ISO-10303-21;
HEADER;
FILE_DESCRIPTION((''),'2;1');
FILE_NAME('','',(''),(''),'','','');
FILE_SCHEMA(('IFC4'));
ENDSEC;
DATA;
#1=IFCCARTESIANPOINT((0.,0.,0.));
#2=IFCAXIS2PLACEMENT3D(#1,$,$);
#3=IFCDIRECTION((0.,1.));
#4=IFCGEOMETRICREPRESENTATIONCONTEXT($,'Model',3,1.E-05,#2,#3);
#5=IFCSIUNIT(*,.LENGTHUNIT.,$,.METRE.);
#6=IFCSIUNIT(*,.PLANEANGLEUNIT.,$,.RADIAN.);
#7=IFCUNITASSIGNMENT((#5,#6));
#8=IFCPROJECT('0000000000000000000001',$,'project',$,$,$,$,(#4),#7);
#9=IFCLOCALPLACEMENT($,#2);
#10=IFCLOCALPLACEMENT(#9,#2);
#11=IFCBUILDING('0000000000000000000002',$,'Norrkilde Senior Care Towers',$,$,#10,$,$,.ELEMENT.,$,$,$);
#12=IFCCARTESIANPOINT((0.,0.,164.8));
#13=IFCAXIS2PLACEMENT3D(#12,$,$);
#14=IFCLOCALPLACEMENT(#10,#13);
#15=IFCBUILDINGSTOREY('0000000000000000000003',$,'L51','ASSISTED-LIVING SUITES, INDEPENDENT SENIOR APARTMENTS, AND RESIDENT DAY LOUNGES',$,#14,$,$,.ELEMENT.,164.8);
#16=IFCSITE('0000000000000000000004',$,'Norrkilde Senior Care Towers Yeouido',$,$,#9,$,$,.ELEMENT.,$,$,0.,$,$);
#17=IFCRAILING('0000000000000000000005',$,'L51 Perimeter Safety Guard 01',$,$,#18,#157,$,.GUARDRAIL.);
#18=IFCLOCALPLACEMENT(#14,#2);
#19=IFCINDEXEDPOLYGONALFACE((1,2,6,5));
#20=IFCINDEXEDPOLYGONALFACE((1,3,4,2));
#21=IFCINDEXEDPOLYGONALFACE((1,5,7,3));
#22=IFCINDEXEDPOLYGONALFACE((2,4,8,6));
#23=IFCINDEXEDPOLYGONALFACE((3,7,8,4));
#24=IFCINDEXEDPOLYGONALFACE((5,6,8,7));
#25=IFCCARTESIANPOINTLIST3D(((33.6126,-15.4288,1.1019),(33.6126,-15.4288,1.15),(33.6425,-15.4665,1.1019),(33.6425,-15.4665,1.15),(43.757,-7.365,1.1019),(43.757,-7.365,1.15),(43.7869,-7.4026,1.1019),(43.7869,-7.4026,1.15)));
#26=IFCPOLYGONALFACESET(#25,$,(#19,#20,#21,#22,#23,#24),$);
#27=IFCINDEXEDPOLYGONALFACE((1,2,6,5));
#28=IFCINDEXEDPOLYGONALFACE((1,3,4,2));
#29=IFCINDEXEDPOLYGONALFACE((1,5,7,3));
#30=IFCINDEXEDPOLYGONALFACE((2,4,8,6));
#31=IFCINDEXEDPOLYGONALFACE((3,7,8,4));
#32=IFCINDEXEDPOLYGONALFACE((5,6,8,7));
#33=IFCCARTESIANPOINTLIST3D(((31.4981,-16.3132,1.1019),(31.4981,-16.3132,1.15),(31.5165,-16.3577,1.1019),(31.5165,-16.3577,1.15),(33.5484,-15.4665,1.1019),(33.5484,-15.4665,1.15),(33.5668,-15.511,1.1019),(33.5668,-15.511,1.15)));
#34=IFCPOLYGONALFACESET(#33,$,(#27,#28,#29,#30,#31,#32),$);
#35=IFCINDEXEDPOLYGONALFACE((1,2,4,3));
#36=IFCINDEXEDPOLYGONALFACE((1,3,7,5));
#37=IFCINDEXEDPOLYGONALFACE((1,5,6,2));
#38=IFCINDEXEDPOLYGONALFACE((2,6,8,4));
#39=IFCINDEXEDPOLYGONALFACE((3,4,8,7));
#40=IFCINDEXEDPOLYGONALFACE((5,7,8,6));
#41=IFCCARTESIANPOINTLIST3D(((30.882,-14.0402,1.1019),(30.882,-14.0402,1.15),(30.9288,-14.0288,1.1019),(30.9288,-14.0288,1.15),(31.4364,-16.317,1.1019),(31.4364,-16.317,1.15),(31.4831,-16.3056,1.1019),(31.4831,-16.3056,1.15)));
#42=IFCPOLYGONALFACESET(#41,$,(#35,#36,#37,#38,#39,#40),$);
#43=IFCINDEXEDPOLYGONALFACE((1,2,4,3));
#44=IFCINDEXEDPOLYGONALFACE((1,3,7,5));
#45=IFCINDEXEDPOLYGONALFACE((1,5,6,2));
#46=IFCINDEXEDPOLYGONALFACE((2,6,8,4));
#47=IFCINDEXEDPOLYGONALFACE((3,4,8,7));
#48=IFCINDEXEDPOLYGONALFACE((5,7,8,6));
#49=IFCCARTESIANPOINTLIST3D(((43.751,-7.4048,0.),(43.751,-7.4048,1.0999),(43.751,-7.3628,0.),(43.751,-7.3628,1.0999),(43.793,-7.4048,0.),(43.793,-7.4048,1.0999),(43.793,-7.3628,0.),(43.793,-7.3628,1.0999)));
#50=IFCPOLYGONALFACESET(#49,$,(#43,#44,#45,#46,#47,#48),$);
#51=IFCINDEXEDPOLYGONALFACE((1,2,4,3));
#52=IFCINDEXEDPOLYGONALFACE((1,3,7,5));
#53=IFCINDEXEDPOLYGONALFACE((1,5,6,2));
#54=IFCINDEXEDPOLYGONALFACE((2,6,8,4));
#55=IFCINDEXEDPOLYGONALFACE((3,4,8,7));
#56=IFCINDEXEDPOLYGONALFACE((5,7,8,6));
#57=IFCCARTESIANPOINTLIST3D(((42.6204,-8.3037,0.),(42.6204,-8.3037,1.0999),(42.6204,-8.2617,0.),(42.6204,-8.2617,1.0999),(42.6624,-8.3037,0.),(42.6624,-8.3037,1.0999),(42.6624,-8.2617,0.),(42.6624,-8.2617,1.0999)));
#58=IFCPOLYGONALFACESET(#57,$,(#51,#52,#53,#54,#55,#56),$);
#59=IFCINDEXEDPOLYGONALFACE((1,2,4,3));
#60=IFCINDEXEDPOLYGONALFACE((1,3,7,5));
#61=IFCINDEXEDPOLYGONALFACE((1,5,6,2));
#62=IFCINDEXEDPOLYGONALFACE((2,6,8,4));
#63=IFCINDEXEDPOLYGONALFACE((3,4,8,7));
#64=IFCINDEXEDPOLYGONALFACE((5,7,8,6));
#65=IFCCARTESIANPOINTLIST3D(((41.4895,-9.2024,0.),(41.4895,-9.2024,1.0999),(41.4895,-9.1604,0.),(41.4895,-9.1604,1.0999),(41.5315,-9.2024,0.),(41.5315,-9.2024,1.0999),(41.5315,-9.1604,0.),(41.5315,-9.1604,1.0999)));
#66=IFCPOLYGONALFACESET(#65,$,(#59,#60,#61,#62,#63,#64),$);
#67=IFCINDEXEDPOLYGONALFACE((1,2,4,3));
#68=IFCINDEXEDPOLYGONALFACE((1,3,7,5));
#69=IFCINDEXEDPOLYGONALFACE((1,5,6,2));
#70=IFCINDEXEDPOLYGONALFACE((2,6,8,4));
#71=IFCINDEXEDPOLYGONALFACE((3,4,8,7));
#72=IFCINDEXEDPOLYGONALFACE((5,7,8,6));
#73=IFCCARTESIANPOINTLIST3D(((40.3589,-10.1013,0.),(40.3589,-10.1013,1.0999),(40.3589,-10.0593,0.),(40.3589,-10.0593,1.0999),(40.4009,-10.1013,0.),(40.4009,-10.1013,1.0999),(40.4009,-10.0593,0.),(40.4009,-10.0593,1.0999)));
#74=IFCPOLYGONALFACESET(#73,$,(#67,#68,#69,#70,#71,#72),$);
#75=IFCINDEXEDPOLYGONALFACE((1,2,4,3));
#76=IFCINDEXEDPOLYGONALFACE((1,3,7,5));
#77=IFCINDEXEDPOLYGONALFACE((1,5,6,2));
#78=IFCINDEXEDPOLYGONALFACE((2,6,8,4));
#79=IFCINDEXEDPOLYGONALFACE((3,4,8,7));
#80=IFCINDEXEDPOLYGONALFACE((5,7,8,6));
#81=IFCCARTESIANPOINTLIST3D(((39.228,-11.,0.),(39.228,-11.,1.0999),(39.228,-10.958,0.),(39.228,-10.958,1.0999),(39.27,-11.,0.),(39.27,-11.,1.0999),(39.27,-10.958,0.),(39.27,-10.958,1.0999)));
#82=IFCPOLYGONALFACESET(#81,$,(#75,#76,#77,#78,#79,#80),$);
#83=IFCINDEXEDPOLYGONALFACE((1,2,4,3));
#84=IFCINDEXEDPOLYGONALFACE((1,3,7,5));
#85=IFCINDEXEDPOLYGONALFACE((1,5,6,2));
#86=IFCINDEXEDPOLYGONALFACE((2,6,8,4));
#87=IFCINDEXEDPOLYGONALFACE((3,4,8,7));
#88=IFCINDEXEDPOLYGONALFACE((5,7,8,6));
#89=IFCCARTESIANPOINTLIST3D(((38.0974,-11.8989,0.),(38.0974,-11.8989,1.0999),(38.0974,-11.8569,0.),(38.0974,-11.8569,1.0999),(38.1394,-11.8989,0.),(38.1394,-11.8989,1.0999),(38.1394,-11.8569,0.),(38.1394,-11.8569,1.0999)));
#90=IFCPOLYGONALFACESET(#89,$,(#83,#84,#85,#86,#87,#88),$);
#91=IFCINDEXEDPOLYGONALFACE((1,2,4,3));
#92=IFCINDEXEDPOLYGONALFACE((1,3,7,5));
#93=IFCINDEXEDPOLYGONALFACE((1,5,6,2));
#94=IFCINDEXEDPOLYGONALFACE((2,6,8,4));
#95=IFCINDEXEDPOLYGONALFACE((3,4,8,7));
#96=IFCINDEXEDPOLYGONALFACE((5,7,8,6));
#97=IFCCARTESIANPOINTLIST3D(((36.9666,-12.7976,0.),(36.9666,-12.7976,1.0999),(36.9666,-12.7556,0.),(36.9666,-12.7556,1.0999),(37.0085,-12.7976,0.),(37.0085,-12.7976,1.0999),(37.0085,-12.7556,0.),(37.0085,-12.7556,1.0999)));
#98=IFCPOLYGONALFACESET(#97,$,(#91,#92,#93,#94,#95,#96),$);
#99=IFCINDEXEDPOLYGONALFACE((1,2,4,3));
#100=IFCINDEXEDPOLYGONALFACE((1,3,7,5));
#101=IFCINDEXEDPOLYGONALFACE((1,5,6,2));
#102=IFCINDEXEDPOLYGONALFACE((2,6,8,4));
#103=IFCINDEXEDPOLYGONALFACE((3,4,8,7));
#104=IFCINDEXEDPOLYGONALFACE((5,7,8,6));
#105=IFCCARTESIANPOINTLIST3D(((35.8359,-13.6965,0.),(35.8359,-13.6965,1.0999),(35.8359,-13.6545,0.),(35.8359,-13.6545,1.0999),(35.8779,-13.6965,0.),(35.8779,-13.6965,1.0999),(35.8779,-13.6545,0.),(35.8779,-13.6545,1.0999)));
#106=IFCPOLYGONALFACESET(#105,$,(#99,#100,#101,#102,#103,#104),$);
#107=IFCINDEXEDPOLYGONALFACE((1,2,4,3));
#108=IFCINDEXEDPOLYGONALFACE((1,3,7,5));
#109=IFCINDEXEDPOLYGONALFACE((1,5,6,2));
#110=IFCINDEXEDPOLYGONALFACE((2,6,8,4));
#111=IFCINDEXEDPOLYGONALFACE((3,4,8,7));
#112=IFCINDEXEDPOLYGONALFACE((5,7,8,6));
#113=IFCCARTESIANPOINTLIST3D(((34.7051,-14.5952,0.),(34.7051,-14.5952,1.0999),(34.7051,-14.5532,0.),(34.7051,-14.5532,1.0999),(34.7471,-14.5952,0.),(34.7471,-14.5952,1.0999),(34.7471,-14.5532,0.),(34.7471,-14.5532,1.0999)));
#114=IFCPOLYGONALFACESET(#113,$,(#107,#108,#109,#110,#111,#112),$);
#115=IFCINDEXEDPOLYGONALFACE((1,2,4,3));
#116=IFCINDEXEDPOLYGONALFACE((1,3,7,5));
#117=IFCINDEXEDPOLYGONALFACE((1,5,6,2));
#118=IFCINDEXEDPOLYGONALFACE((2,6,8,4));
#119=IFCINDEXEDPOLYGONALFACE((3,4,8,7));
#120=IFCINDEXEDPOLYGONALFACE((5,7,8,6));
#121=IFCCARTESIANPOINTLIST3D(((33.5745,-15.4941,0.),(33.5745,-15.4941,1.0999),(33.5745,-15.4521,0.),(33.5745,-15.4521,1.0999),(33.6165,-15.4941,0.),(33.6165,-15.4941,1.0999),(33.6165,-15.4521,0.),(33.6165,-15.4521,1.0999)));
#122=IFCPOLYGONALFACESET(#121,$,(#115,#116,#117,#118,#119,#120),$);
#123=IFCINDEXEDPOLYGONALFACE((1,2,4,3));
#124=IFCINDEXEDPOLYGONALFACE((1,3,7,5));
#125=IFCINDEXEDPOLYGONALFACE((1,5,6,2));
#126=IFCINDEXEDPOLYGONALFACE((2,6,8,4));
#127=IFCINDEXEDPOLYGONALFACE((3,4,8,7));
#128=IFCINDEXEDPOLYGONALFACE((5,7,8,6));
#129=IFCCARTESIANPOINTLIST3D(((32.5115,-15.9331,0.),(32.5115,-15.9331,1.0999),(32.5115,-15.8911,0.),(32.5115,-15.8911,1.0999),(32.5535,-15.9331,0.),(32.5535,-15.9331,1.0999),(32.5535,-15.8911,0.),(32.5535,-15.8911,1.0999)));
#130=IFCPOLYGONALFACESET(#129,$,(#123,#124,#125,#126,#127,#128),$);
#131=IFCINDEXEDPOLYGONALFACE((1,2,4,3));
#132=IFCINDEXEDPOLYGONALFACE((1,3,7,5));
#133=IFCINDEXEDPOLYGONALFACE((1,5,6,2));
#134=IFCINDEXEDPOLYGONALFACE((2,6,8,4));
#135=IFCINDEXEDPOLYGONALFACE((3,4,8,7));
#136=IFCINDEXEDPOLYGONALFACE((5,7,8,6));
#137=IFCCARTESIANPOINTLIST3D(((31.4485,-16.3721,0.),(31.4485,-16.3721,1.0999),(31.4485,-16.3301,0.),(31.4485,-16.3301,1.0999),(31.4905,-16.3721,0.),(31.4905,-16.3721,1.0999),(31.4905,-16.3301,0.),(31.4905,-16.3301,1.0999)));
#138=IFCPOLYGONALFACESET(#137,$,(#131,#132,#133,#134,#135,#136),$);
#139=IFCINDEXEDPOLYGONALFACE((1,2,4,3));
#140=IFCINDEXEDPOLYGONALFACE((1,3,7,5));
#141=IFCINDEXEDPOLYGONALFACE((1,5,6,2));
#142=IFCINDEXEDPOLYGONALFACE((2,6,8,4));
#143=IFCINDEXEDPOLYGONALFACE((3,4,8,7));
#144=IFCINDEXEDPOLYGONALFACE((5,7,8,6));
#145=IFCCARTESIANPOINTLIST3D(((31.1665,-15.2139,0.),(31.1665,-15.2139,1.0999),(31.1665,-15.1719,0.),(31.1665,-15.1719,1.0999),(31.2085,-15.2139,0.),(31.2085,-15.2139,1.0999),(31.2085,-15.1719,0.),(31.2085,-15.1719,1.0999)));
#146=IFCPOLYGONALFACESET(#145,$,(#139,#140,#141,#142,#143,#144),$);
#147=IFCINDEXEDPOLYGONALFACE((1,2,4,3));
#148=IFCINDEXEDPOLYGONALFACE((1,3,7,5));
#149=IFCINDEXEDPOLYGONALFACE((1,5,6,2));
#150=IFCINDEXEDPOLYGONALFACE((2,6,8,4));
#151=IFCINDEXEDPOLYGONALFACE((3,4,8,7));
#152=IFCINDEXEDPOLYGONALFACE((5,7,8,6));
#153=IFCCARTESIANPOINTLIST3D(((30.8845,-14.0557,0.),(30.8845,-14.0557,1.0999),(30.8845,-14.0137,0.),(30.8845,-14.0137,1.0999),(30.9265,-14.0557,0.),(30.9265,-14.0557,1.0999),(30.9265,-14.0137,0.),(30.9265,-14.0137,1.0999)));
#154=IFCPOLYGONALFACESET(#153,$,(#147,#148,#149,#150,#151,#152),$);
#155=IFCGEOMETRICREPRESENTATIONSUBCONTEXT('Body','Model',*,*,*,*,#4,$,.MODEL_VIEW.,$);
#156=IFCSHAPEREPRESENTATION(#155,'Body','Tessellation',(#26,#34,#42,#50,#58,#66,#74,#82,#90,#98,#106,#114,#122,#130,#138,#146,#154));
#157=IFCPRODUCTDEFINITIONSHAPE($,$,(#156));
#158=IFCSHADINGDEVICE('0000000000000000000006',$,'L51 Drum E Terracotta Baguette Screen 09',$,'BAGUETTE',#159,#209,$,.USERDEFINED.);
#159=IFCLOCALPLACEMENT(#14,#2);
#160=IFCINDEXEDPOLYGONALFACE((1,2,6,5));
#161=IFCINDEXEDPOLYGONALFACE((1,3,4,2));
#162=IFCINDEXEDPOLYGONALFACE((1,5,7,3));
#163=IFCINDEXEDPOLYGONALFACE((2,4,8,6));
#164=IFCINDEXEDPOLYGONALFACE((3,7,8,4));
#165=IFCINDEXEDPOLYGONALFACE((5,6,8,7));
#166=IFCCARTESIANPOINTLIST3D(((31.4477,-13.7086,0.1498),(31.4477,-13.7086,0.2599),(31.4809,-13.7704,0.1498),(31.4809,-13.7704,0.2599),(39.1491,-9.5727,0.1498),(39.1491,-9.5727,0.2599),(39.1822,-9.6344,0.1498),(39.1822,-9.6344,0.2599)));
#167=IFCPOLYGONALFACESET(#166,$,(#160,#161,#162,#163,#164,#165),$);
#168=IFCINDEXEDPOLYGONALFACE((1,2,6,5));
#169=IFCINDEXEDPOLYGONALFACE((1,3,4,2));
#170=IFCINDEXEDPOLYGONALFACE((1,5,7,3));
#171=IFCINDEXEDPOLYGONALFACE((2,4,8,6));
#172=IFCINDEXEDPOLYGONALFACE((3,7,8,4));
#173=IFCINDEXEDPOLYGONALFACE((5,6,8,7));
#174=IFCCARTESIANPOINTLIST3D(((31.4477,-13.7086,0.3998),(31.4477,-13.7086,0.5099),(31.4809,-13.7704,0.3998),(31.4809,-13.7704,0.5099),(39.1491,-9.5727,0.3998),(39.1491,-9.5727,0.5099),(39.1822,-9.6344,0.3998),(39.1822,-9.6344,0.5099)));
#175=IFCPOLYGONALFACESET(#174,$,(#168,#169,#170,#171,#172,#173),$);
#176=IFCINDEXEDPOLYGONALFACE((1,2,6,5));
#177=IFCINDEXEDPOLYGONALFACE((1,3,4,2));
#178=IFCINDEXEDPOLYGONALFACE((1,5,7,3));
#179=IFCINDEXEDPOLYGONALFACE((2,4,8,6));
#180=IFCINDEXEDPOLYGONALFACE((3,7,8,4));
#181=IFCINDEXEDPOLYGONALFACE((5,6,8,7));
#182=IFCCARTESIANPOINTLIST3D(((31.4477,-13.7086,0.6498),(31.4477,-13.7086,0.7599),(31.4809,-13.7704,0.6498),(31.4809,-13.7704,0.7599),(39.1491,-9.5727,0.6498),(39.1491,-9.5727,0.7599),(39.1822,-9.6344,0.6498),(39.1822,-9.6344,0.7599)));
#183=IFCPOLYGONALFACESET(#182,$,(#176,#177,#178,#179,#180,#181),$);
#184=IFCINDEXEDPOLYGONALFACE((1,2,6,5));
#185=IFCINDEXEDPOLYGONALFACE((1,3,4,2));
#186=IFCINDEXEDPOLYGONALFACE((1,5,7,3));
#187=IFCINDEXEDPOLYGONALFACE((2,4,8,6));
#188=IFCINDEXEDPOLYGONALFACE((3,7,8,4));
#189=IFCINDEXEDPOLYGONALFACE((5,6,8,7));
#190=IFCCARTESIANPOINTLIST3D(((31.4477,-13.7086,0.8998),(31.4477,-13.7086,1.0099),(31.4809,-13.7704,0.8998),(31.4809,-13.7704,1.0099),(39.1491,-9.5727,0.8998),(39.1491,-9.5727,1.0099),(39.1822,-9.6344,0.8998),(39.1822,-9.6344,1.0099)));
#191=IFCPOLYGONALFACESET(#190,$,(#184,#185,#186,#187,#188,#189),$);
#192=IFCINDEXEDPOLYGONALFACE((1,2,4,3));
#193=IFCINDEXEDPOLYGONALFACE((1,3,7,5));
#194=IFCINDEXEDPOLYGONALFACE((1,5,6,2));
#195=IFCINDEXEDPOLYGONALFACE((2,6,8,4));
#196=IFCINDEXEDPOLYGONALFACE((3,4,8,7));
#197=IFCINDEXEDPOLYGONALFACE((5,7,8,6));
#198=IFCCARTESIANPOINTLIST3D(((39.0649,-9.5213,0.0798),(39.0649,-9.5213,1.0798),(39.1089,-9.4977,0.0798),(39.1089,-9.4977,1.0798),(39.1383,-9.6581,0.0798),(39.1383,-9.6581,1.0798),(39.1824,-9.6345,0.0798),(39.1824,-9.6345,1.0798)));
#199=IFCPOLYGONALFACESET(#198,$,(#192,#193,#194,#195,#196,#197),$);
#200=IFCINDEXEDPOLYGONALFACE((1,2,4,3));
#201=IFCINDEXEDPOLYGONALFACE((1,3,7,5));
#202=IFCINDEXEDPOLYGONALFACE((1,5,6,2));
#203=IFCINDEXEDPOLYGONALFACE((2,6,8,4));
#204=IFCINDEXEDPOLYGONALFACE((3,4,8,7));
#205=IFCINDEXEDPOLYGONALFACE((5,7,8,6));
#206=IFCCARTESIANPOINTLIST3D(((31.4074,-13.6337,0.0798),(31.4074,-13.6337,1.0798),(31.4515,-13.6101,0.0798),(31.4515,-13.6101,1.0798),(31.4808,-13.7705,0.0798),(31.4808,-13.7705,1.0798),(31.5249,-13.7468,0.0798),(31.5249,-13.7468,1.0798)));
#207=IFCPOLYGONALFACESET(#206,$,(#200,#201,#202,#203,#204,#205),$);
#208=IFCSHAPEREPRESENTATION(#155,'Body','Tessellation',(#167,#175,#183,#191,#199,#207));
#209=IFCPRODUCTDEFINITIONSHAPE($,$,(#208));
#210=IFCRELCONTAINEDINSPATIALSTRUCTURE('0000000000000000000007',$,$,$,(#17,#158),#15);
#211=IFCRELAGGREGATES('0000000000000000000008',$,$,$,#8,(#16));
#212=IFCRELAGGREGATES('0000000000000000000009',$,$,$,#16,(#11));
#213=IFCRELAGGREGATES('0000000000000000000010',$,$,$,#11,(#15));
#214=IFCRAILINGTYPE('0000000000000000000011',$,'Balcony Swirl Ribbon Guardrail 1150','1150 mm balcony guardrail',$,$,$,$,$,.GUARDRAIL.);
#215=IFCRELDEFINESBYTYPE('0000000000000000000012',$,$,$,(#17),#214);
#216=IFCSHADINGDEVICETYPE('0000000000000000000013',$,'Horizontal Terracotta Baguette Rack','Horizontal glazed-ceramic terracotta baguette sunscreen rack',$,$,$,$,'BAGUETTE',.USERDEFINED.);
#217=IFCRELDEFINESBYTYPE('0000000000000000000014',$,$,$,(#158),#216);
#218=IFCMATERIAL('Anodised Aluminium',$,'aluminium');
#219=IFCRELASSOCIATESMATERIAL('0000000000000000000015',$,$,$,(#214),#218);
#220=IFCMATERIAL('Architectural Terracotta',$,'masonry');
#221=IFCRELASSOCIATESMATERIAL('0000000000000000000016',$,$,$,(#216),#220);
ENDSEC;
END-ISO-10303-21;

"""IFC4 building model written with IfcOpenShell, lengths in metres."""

from ifc_helpers import new_model, si_unit, direction, frame, origin, origin_2d, place, context, subcontext, project, spatial, rectangle, extrude, source, transform, mapped, material, type_object, type_shapes, element, save


model = new_model("IFC4")

# Units and contexts
model_context = context("Model", 3, precision=1e-05, world=origin(), true_north=direction((0.0, 1.0)))
body_context = subcontext(model_context, "Body", "Model", "MODEL_VIEW")
ifc_project = project(units=[si_unit("LENGTHUNIT", "METRE"), si_unit("PLANEANGLEUNIT", "RADIAN")], contexts=[model_context])

# Site, building, storey
site_placement = place(None, origin())
site = spatial("IfcSite", under=ifc_project, at=site_placement, Name="Norrkilde Senior Care Towers Yeouido", CompositionType="ELEMENT", RefElevation=0.0)
building_placement = place(site_placement, origin())
building = spatial("IfcBuilding", under=site, at=building_placement, Name="Norrkilde Senior Care Towers", CompositionType="ELEMENT")
storey_placement = place(building_placement, frame((0.0, 0.0, 164.8)))
storey = spatial("IfcBuildingStorey", under=building, at=storey_placement, Name="L51", Description="ASSISTED-LIVING SUITES, INDEPENDENT SENIOR APARTMENTS, AND RESIDENT DAY LOUNGES", CompositionType="ELEMENT", Elevation=164.8)

# Shared definitions
ifc_material_1 = material(Name="Anodised Aluminium", Category="aluminium")

# Railing
railing_type = type_object("IfcRailingType", Name="Balcony Swirl Ribbon Guardrail 1150", Description="1150 mm balcony guardrail", PredefinedType="GUARDRAIL", material=ifc_material_1)
railing_placement = place(storey_placement, frame((43.772, -7.3838, 0.0)))
element("IfcRailing", 1, at=railing_placement, inside=storey, type_object=railing_type, Name="L51 Perimeter Safety Guard 01", PredefinedType="GUARDRAIL", context=body_context, shape_type="SweptSolid", body=[
    extrude(rectangle(XDim=0.0481, YDim=0.0481, at=origin_2d()), frame((0.0, 0.0, 1.126), z_axis=(-0.782811, -0.62226, 0.0), x_axis=(0.62226, -0.782811, 0.0)), (0.0, 0.0, 1.0), 12.959),
    extrude(rectangle(XDim=0.0481, YDim=0.0481, at=origin_2d()), frame((-10.2144, -8.105, 1.126), z_axis=(-0.924291, -0.381689, 0.0), x_axis=(0.381689, -0.924291, 0.0)), (0.0, 0.0, 1.0), 2.2183),
    extrude(rectangle(XDim=0.0481, YDim=0.0481, at=origin_2d()), frame((-12.3123, -8.9275, 1.126), z_axis=(-0.236555, 0.971618, 0.0), x_axis=(-0.971618, -0.236555, 0.0)), (0.0, 0.0, 1.0), 2.3433),
    extrude(rectangle(XDim=0.042, YDim=0.042, at=origin_2d()), origin(), (0.0, 0.0, 1.0), 1.0999),
    extrude(rectangle(XDim=0.042, YDim=0.042, at=origin_2d()), frame((-1.1306, -0.8989, 0.0)), (0.0, 0.0, 1.0), 1.0999),
    extrude(rectangle(XDim=0.042, YDim=0.042, at=origin_2d()), frame((-2.2615, -1.7976, 0.0)), (0.0, 0.0, 1.0), 1.0999),
    extrude(rectangle(XDim=0.042, YDim=0.042, at=origin_2d()), frame((-3.3921, -2.6965, 0.0)), (0.0, 0.0, 1.0), 1.0999),
    extrude(rectangle(XDim=0.042, YDim=0.042, at=origin_2d()), frame((-4.5229, -3.5952, 0.0)), (0.0, 0.0, 1.0), 1.0999),
    extrude(rectangle(XDim=0.042, YDim=0.042, at=origin_2d()), frame((-5.6536, -4.4941, 0.0)), (0.0, 0.0, 1.0), 1.0999),
    extrude(rectangle(XDim=0.042, YDim=0.042, at=origin_2d()), frame((-6.7844, -5.3928, 0.0)), (0.0, 0.0, 1.0), 1.0999),
    extrude(rectangle(XDim=0.042, YDim=0.042, at=origin_2d()), frame((-7.915, -6.2917, 0.0)), (0.0, 0.0, 1.0), 1.0999),
    extrude(rectangle(XDim=0.042, YDim=0.042, at=origin_2d()), frame((-9.0459, -7.1904, 0.0)), (0.0, 0.0, 1.0), 1.0999),
    extrude(rectangle(XDim=0.042, YDim=0.042, at=origin_2d()), frame((-10.1765, -8.0894, 0.0)), (0.0, 0.0, 1.0), 1.0999),
    extrude(rectangle(XDim=0.042, YDim=0.042, at=origin_2d()), frame((-11.2395, -8.5283, 0.0)), (0.0, 0.0, 1.0), 1.0999),
    extrude(rectangle(XDim=0.042, YDim=0.042, at=origin_2d()), frame((-12.3025, -8.9673, 0.0)), (0.0, 0.0, 1.0), 1.0999),
    extrude(rectangle(XDim=0.042, YDim=0.042, at=origin_2d()), frame((-12.5845, -7.8091, 0.0)), (0.0, 0.0, 1.0), 1.0999),
    extrude(rectangle(XDim=0.042, YDim=0.042, at=origin_2d()), frame((-12.8665, -6.6509, 0.0)), (0.0, 0.0, 1.0), 1.0999),
])

# Shading device
ifc_material_2 = material(Name="Architectural Terracotta", Category="masonry")
shading_device_type = type_object("IfcShadingDeviceType", Name="Horizontal Terracotta Baguette Rack", Description="Horizontal glazed-ceramic terracotta baguette sunscreen rack", ElementType="BAGUETTE", PredefinedType="USERDEFINED", material=ifc_material_2)
shared_shape_1 = source(origin(), body_context, "Body", "SweptSolid", [
    extrude(rectangle(XDim=0.0701, YDim=0.1101, at=origin_2d()), frame((0.0, 0.0901, 0.125), z_axis=(1.0, 0.0, 0.0), x_axis=(0.0, 1.0, 0.0)), (0.0, 0.0, 1.0), 8.7417),
    extrude(rectangle(XDim=0.0701, YDim=0.1101, at=origin_2d()), frame((0.0, 0.0901, 0.375), z_axis=(1.0, 0.0, 0.0), x_axis=(0.0, 1.0, 0.0)), (0.0, 0.0, 1.0), 8.7417),
    extrude(rectangle(XDim=0.0701, YDim=0.1101, at=origin_2d()), frame((0.0, 0.0901, 0.625), z_axis=(1.0, 0.0, 0.0), x_axis=(0.0, 1.0, 0.0)), (0.0, 0.0, 1.0), 8.7417),
    extrude(rectangle(XDim=0.0701, YDim=0.1101, at=origin_2d()), frame((0.0, 0.0901, 0.875), z_axis=(1.0, 0.0, 0.0), x_axis=(0.0, 1.0, 0.0)), (0.0, 0.0, 1.0), 8.7417),
    extrude(rectangle(XDim=0.05, YDim=0.1553, at=origin_2d()), frame((0.0249, 0.0476, 0.0)), (0.0, 0.0, 1.0), 1.0),
    extrude(rectangle(XDim=0.05, YDim=0.1553, at=origin_2d()), frame((8.7168, 0.0476, 0.0)), (0.0, 0.0, 1.0), 1.0),
])
type_shapes(shading_device_type, [shared_shape_1])
shading_device_placement = place(storey_placement, frame((39.123, -9.5242, 0.0798), z_axis=(0.0, 0.0, 1.0), x_axis=(-0.880998, -0.473133, 0.0)))
element("IfcShadingDevice", 2, at=shading_device_placement, inside=storey, type_object=shading_device_type, Name="L51 Drum E Terracotta Baguette Screen 09", ObjectType="BAGUETTE", PredefinedType="USERDEFINED", context=body_context, shape_type="MappedRepresentation", body=[
    mapped(shared_shape_1, transform((0.0, 0.0, 0.0), x_axis=(1.0, 0.0, 0.0), y_axis=(0.0, 1.0, 0.0), z_axis=(0.0, 0.0, 1.0), scale=1.0)),
])

save(model, "model.ifc")
